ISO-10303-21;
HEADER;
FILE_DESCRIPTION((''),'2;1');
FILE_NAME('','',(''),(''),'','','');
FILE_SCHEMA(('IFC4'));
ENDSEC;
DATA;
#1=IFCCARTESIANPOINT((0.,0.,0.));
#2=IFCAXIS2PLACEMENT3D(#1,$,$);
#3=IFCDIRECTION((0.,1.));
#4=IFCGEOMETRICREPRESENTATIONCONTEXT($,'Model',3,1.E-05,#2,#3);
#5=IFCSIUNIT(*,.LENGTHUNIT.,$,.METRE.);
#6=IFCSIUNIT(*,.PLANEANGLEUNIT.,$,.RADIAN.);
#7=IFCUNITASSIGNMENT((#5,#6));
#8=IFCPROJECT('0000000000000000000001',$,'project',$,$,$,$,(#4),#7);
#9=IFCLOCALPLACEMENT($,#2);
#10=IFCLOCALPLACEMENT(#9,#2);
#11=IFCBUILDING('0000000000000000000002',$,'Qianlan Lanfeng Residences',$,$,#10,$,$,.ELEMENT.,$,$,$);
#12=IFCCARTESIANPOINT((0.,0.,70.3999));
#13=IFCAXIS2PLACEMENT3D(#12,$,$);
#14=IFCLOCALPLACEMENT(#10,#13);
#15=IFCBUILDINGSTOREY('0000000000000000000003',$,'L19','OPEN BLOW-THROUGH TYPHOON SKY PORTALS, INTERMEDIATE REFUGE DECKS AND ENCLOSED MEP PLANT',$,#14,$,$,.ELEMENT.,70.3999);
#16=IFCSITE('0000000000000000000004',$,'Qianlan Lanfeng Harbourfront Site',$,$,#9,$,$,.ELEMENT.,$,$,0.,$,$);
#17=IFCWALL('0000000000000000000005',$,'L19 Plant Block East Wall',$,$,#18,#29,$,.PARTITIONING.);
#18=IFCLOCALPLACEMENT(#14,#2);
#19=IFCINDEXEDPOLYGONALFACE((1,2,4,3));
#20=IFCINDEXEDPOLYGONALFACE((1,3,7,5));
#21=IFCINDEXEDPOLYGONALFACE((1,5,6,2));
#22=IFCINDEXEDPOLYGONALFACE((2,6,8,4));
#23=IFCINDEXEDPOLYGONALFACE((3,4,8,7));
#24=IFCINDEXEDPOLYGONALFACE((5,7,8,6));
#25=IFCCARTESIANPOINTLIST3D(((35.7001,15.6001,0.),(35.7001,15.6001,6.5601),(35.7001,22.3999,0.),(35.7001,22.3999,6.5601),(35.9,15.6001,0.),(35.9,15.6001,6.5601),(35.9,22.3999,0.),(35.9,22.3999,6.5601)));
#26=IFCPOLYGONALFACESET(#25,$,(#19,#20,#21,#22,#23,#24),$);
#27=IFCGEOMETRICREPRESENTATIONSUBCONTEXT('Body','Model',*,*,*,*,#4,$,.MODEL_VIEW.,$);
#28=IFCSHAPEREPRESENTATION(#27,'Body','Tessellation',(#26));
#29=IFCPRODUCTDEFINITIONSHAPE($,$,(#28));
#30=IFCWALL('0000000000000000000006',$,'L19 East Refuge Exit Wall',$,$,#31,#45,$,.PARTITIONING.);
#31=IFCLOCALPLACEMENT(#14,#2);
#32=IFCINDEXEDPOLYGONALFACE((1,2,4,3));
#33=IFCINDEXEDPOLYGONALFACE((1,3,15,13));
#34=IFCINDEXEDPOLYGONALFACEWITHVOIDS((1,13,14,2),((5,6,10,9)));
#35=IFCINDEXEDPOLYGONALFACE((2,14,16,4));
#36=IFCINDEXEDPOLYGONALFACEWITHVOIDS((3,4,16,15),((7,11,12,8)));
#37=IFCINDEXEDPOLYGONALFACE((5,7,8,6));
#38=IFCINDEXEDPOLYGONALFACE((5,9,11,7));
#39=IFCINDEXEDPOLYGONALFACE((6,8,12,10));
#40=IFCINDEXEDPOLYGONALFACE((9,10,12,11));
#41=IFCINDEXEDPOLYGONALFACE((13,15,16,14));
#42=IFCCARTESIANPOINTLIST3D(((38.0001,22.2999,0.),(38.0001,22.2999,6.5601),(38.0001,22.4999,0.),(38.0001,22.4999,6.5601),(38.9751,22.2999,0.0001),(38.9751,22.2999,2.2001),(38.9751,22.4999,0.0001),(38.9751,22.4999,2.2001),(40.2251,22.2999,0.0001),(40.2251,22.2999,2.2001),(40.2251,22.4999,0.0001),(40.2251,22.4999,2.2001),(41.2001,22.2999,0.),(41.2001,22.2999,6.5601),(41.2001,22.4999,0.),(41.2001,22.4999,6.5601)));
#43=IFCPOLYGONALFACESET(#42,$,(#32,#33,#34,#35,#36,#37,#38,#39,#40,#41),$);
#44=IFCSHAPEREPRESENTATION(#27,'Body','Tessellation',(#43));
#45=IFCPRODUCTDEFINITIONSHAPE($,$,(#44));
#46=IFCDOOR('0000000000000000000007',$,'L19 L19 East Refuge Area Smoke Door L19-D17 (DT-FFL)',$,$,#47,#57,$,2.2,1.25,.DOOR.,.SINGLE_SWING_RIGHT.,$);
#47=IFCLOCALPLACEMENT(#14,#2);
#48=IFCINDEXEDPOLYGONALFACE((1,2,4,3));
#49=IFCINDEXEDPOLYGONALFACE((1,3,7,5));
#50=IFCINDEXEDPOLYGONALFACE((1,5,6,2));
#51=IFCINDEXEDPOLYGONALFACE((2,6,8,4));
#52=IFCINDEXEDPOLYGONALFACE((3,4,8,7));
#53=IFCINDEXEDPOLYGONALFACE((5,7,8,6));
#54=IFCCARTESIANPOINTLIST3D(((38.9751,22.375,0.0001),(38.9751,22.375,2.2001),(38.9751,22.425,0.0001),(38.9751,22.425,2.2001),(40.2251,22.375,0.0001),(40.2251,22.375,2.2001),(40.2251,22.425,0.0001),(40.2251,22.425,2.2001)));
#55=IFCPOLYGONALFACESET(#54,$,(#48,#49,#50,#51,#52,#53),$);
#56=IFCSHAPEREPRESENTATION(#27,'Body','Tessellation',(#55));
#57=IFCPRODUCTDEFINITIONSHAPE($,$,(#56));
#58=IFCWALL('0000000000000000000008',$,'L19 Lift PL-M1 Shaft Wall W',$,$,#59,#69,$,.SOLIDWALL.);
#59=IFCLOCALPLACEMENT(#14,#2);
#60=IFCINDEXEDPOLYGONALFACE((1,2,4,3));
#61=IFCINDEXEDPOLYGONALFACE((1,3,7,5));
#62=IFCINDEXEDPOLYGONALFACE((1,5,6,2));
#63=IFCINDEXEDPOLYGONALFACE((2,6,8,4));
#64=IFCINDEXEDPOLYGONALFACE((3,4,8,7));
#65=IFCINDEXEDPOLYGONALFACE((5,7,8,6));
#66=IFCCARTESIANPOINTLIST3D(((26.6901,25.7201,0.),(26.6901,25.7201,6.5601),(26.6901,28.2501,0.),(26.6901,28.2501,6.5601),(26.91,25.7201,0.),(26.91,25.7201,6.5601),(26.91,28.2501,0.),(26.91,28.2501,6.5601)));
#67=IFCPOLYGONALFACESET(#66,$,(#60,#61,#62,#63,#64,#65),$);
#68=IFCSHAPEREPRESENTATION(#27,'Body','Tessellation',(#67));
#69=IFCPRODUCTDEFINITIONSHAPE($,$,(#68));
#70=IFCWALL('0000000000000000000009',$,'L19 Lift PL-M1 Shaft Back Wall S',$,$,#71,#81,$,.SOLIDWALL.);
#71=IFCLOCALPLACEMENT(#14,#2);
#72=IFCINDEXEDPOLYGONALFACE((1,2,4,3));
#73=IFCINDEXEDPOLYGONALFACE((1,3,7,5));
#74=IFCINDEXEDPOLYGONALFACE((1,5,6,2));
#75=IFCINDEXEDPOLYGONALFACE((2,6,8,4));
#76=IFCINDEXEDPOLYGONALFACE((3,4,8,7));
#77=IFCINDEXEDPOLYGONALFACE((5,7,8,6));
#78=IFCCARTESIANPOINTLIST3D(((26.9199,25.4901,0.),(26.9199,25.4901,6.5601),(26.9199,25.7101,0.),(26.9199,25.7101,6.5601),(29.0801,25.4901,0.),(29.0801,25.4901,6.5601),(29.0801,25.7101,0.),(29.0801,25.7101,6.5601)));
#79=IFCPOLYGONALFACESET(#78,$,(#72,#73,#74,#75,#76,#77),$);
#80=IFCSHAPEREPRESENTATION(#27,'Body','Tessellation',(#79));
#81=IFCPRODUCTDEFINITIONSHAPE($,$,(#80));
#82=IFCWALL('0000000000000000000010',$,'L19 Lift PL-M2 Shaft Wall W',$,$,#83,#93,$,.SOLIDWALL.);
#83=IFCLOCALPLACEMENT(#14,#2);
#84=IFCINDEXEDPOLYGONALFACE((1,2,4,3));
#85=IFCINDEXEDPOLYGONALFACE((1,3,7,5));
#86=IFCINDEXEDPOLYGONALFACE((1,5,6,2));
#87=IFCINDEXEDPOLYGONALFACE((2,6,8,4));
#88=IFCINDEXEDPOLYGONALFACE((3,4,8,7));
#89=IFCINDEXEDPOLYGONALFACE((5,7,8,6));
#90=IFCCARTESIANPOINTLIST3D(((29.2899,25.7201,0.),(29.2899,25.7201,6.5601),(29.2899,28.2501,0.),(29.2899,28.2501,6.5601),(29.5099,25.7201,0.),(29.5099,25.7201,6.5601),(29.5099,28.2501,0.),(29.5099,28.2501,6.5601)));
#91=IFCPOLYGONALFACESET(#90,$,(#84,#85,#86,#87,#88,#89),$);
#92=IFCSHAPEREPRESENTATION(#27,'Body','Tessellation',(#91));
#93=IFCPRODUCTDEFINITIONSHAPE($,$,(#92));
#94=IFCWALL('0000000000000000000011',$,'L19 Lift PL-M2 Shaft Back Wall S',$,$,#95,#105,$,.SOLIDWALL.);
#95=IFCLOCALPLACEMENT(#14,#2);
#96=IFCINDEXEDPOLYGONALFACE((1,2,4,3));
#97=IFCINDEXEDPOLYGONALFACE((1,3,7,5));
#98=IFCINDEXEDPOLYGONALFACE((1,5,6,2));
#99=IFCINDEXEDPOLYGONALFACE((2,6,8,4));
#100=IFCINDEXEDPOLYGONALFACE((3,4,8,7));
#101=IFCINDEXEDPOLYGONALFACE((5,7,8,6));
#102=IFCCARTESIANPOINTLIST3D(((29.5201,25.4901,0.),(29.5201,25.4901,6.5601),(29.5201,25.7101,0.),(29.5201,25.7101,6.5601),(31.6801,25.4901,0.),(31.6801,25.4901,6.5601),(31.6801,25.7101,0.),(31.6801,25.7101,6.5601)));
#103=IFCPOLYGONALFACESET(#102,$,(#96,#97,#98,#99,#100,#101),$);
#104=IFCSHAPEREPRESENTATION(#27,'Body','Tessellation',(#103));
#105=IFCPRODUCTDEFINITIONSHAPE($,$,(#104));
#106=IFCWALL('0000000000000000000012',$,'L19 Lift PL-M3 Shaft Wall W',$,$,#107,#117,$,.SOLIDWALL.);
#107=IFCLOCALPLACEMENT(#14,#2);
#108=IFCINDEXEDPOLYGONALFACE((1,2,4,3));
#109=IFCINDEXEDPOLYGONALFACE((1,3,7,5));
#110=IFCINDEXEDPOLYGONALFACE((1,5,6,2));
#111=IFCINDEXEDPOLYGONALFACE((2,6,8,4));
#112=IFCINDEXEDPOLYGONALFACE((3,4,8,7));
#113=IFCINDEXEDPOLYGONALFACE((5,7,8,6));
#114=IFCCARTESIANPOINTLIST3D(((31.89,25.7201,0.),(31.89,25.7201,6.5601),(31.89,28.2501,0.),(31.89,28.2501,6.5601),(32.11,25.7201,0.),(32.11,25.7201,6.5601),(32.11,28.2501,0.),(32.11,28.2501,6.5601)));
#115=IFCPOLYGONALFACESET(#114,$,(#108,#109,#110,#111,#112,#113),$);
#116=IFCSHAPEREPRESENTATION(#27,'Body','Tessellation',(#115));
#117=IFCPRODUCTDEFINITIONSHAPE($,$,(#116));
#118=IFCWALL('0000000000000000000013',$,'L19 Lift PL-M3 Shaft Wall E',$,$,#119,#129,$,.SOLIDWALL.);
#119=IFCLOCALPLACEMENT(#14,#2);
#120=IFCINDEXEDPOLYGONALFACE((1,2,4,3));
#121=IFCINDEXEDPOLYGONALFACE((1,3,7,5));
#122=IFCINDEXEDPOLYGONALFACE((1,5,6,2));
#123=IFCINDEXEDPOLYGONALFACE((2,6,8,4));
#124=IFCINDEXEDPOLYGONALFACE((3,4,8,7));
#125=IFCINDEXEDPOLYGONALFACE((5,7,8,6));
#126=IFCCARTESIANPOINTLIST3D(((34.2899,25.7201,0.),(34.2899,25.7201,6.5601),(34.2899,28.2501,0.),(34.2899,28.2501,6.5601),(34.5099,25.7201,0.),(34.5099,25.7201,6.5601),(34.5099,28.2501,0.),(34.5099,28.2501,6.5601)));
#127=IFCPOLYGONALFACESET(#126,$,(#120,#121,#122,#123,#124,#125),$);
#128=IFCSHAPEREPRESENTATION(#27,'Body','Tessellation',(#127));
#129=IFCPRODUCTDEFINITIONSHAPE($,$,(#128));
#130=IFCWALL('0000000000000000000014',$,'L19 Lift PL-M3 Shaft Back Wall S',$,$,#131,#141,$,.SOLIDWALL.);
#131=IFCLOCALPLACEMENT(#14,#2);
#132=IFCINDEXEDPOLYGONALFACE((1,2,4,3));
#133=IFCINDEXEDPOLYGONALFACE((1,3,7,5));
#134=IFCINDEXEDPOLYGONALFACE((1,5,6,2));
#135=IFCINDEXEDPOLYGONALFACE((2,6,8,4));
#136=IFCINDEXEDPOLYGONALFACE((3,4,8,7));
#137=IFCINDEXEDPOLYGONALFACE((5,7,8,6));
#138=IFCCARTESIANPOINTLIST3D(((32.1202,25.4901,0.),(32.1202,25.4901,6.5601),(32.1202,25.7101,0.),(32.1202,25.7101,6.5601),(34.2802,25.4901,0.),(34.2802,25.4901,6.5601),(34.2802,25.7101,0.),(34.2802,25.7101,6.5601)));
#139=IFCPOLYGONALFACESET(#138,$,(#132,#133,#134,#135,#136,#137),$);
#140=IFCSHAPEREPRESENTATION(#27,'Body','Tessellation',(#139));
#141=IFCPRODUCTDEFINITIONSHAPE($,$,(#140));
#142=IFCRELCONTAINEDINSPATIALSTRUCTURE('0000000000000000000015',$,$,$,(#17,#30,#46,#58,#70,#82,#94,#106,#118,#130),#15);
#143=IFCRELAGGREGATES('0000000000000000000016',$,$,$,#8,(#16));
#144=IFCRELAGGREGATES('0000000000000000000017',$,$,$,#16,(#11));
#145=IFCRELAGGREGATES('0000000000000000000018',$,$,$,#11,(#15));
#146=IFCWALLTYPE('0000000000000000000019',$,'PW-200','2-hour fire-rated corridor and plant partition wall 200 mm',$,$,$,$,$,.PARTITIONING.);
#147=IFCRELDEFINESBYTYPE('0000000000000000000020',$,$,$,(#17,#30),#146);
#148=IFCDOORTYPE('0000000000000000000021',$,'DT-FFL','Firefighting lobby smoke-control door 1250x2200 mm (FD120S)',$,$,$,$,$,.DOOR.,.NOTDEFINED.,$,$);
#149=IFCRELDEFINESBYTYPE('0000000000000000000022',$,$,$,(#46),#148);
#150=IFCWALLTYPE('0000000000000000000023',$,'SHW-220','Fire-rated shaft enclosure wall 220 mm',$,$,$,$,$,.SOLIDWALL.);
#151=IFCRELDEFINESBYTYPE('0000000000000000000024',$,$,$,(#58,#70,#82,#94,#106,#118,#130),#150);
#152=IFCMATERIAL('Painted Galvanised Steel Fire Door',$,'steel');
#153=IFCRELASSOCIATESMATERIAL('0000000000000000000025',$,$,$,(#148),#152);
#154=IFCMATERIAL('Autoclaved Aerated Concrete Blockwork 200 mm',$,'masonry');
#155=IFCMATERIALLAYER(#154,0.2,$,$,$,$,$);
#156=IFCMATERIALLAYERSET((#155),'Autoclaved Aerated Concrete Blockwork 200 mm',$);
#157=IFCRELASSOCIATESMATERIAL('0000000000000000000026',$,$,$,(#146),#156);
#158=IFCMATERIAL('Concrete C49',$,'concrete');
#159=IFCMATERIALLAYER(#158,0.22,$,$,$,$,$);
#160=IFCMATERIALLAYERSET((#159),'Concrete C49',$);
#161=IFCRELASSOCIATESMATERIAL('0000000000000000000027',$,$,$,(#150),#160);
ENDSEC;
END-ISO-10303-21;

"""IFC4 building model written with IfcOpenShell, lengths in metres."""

from ifc_helpers import new_model, si_unit, direction, frame, frame_2d, origin, place, context, subcontext, project, spatial, rectangle, extrude, material, layer, layer_set, type_object, element, fill, save


model = new_model("IFC4")

# Units and contexts
model_context = context("Model", 3, precision=1e-05, world=origin(), true_north=direction((0.0, 1.0)))
body_context = subcontext(model_context, "Body", "Model", "MODEL_VIEW")
ifc_project = project(units=[si_unit("LENGTHUNIT", "METRE"), si_unit("PLANEANGLEUNIT", "RADIAN")], contexts=[model_context])

# Site, building, storey
site_placement = place(None, origin())
site = spatial("IfcSite", under=ifc_project, at=site_placement, Name="Qianlan Lanfeng Harbourfront Site", CompositionType="ELEMENT", RefElevation=0.0)
building_placement = place(site_placement, origin())
building = spatial("IfcBuilding", under=site, at=building_placement, Name="Qianlan Lanfeng Residences", CompositionType="ELEMENT")
storey_placement = place(building_placement, frame((0.0, 0.0, 70.3999)))
storey = spatial("IfcBuildingStorey", under=building, at=storey_placement, Name="L19", Description="OPEN BLOW-THROUGH TYPHOON SKY PORTALS, INTERMEDIATE REFUGE DECKS AND ENCLOSED MEP PLANT", CompositionType="ELEMENT", Elevation=70.3999)

# Shared definitions
ifc_material_1 = material(Name="Painted Galvanised Steel Fire Door", Category="steel")
door_type_1 = type_object("IfcDoorType", Name="DT-FFL", Description="Firefighting lobby smoke-control door 1250x2200 mm (FD120S)", OperationType="NOTDEFINED", PredefinedType="DOOR", material=ifc_material_1)

# Shared definitions
ifc_material_2 = material(Name="Autoclaved Aerated Concrete Blockwork 200 mm", Category="masonry")
ifc_layer_1 = layer(ifc_material_2, 0.2)
ifc_layer_set_1 = layer_set([ifc_layer_1], Name="Autoclaved Aerated Concrete Blockwork 200 mm")
wall_type_1 = type_object("IfcWallType", Name="PW-200", Description="2-hour fire-rated corridor and plant partition wall 200 mm", PredefinedType="PARTITIONING", material=ifc_layer_set_1)

# Wall
wall_1_placement = place(storey_placement, frame((35.8, 15.6001, 0.0), z_axis=(0.0, 0.0, 1.0), x_axis=(0.0, 1.0, 0.0)))
element("IfcWall", 1, at=wall_1_placement, inside=storey, type_object=wall_type_1, Name="L19 Plant Block East Wall", PredefinedType="PARTITIONING", context=body_context, shape_type="SweptSolid", body=[
    extrude(rectangle(XDim=6.7998, YDim=0.2, at=frame_2d((3.3999, 0.0))), origin(), (0.0, 0.0, 1.0), 6.5601),
])

# Wall, opening, door
wall_2_placement = place(storey_placement, frame((38.0, 22.3999, 0.0), z_axis=(0.0, 0.0, 1.0), x_axis=(1.0, 0.0, 0.0)))
wall_2 = element("IfcWall", 2, at=wall_2_placement, inside=storey, type_object=wall_type_1, Name="L19 East Refuge Exit Wall", PredefinedType="PARTITIONING", context=body_context, shape_type="SweptSolid", body=[
    extrude(rectangle(XDim=3.2, YDim=0.2, at=frame_2d((1.6001, 0.0))), origin(), (0.0, 0.0, 1.0), 6.5601),
])
opening_1_placement = place(wall_2_placement, frame((0.9751, 0.0, 0.0)))
opening_1 = element("IfcOpeningElement", 3, at=opening_1_placement, cuts=wall_2, PredefinedType="OPENING", context=body_context, shape_type="SweptSolid", body=[
    extrude(rectangle(XDim=1.25, YDim=2.2, at=frame_2d((0.625, 1.1001))), frame((0.0, 0.1099, 0.0), z_axis=(0.0, -1.0, 0.0), x_axis=(1.0, 0.0, 0.0)), (0.0, 0.0, 1.0), 0.22),
])
door_1_placement = place(opening_1_placement, frame((1.25, 0.0, 0.0), z_axis=(0.0, 0.0, 1.0), x_axis=(-1.0, 0.0, 0.0)))
door_1 = element("IfcDoor", 4, at=door_1_placement, inside=storey, type_object=door_type_1, Name="L19 L19 East Refuge Area Smoke Door L19-D17 (DT-FFL)", OperationType="SINGLE_SWING_RIGHT", OverallHeight=2.2, OverallWidth=1.25, PredefinedType="DOOR", context=body_context, shape_type="SweptSolid", body=[
    extrude(rectangle(XDim=1.25, YDim=2.2, at=frame_2d((0.625, 1.1001))), frame((0.0, 0.0249, 0.0), z_axis=(0.0, -1.0, 0.0), x_axis=(1.0, 0.0, 0.0)), (0.0, 0.0, 1.0), 0.05),
])
fill(opening_1, door_1)

# Walls
ifc_material_3 = material(Name="Concrete C49", Category="concrete")
ifc_layer_2 = layer(ifc_material_3, 0.22)
ifc_layer_set_2 = layer_set([ifc_layer_2], Name="Concrete C49")
wall_type_2 = type_object("IfcWallType", Name="SHW-220", Description="Fire-rated shaft enclosure wall 220 mm", PredefinedType="SOLIDWALL", material=ifc_layer_set_2)
wall_3_placement = place(storey_placement, frame((26.8, 25.72, 0.0), z_axis=(0.0, 0.0, 1.0), x_axis=(0.0, 1.0, 0.0)))
element("IfcWall", 5, at=wall_3_placement, inside=storey, type_object=wall_type_2, Name="L19 Lift PL-M1 Shaft Wall W", PredefinedType="SOLIDWALL", context=body_context, shape_type="SweptSolid", body=[
    extrude(rectangle(XDim=2.53, YDim=0.22, at=frame_2d((1.2651, 0.0))), origin(), (0.0, 0.0, 1.0), 6.5601),
])
wall_4_placement = place(storey_placement, frame((26.9199, 25.6001, 0.0), z_axis=(0.0, 0.0, 1.0), x_axis=(1.0, 0.0, 0.0)))
element("IfcWall", 6, at=wall_4_placement, inside=storey, type_object=wall_type_2, Name="L19 Lift PL-M1 Shaft Back Wall S", PredefinedType="SOLIDWALL", context=body_context, shape_type="SweptSolid", body=[
    extrude(rectangle(XDim=2.1602, YDim=0.22, at=frame_2d((1.0801, 0.0))), origin(), (0.0, 0.0, 1.0), 6.5601),
])
wall_5_placement = place(storey_placement, frame((29.3999, 25.72, 0.0), z_axis=(0.0, 0.0, 1.0), x_axis=(0.0, 1.0, 0.0)))
element("IfcWall", 7, at=wall_5_placement, inside=storey, type_object=wall_type_2, Name="L19 Lift PL-M2 Shaft Wall W", PredefinedType="SOLIDWALL", context=body_context, shape_type="SweptSolid", body=[
    extrude(rectangle(XDim=2.53, YDim=0.22, at=frame_2d((1.2651, 0.0))), origin(), (0.0, 0.0, 1.0), 6.5601),
])
wall_6_placement = place(storey_placement, frame((29.52, 25.6001, 0.0), z_axis=(0.0, 0.0, 1.0), x_axis=(1.0, 0.0, 0.0)))
element("IfcWall", 8, at=wall_6_placement, inside=storey, type_object=wall_type_2, Name="L19 Lift PL-M2 Shaft Back Wall S", PredefinedType="SOLIDWALL", context=body_context, shape_type="SweptSolid", body=[
    extrude(rectangle(XDim=2.1599, YDim=0.22, at=frame_2d((1.0801, 0.0))), origin(), (0.0, 0.0, 1.0), 6.5601),
])
for number, where, z_axis, x_axis, name in (
    (9, (32.0, 25.72, 0.0), (0.0, 0.0, 1.0), (0.0, 1.0, 0.0), "L19 Lift PL-M3 Shaft Wall W"),
    (10, (34.3999, 25.72, 0.0), (0.0, 0.0, 1.0), (0.0, 1.0, 0.0), "L19 Lift PL-M3 Shaft Wall E"),
):
    element("IfcWall", number, at=place(storey_placement, frame(where, z_axis=z_axis, x_axis=x_axis)), inside=storey, type_object=wall_type_2, Name=name, PredefinedType="SOLIDWALL", context=body_context, shape_type="SweptSolid", body=[
        extrude(rectangle(XDim=2.53, YDim=0.22, at=frame_2d((1.2651, 0.0))), origin(), (0.0, 0.0, 1.0), 6.5601),
    ])
wall_7_placement = place(storey_placement, frame((32.1201, 25.6001, 0.0), z_axis=(0.0, 0.0, 1.0), x_axis=(1.0, 0.0, 0.0)))
element("IfcWall", 11, at=wall_7_placement, inside=storey, type_object=wall_type_2, Name="L19 Lift PL-M3 Shaft Back Wall S", PredefinedType="SOLIDWALL", context=body_context, shape_type="SweptSolid", body=[
    extrude(rectangle(XDim=2.1599, YDim=0.22, at=frame_2d((1.0801, 0.0))), origin(), (0.0, 0.0, 1.0), 6.5601),
])

save(model, "model.ifc")
